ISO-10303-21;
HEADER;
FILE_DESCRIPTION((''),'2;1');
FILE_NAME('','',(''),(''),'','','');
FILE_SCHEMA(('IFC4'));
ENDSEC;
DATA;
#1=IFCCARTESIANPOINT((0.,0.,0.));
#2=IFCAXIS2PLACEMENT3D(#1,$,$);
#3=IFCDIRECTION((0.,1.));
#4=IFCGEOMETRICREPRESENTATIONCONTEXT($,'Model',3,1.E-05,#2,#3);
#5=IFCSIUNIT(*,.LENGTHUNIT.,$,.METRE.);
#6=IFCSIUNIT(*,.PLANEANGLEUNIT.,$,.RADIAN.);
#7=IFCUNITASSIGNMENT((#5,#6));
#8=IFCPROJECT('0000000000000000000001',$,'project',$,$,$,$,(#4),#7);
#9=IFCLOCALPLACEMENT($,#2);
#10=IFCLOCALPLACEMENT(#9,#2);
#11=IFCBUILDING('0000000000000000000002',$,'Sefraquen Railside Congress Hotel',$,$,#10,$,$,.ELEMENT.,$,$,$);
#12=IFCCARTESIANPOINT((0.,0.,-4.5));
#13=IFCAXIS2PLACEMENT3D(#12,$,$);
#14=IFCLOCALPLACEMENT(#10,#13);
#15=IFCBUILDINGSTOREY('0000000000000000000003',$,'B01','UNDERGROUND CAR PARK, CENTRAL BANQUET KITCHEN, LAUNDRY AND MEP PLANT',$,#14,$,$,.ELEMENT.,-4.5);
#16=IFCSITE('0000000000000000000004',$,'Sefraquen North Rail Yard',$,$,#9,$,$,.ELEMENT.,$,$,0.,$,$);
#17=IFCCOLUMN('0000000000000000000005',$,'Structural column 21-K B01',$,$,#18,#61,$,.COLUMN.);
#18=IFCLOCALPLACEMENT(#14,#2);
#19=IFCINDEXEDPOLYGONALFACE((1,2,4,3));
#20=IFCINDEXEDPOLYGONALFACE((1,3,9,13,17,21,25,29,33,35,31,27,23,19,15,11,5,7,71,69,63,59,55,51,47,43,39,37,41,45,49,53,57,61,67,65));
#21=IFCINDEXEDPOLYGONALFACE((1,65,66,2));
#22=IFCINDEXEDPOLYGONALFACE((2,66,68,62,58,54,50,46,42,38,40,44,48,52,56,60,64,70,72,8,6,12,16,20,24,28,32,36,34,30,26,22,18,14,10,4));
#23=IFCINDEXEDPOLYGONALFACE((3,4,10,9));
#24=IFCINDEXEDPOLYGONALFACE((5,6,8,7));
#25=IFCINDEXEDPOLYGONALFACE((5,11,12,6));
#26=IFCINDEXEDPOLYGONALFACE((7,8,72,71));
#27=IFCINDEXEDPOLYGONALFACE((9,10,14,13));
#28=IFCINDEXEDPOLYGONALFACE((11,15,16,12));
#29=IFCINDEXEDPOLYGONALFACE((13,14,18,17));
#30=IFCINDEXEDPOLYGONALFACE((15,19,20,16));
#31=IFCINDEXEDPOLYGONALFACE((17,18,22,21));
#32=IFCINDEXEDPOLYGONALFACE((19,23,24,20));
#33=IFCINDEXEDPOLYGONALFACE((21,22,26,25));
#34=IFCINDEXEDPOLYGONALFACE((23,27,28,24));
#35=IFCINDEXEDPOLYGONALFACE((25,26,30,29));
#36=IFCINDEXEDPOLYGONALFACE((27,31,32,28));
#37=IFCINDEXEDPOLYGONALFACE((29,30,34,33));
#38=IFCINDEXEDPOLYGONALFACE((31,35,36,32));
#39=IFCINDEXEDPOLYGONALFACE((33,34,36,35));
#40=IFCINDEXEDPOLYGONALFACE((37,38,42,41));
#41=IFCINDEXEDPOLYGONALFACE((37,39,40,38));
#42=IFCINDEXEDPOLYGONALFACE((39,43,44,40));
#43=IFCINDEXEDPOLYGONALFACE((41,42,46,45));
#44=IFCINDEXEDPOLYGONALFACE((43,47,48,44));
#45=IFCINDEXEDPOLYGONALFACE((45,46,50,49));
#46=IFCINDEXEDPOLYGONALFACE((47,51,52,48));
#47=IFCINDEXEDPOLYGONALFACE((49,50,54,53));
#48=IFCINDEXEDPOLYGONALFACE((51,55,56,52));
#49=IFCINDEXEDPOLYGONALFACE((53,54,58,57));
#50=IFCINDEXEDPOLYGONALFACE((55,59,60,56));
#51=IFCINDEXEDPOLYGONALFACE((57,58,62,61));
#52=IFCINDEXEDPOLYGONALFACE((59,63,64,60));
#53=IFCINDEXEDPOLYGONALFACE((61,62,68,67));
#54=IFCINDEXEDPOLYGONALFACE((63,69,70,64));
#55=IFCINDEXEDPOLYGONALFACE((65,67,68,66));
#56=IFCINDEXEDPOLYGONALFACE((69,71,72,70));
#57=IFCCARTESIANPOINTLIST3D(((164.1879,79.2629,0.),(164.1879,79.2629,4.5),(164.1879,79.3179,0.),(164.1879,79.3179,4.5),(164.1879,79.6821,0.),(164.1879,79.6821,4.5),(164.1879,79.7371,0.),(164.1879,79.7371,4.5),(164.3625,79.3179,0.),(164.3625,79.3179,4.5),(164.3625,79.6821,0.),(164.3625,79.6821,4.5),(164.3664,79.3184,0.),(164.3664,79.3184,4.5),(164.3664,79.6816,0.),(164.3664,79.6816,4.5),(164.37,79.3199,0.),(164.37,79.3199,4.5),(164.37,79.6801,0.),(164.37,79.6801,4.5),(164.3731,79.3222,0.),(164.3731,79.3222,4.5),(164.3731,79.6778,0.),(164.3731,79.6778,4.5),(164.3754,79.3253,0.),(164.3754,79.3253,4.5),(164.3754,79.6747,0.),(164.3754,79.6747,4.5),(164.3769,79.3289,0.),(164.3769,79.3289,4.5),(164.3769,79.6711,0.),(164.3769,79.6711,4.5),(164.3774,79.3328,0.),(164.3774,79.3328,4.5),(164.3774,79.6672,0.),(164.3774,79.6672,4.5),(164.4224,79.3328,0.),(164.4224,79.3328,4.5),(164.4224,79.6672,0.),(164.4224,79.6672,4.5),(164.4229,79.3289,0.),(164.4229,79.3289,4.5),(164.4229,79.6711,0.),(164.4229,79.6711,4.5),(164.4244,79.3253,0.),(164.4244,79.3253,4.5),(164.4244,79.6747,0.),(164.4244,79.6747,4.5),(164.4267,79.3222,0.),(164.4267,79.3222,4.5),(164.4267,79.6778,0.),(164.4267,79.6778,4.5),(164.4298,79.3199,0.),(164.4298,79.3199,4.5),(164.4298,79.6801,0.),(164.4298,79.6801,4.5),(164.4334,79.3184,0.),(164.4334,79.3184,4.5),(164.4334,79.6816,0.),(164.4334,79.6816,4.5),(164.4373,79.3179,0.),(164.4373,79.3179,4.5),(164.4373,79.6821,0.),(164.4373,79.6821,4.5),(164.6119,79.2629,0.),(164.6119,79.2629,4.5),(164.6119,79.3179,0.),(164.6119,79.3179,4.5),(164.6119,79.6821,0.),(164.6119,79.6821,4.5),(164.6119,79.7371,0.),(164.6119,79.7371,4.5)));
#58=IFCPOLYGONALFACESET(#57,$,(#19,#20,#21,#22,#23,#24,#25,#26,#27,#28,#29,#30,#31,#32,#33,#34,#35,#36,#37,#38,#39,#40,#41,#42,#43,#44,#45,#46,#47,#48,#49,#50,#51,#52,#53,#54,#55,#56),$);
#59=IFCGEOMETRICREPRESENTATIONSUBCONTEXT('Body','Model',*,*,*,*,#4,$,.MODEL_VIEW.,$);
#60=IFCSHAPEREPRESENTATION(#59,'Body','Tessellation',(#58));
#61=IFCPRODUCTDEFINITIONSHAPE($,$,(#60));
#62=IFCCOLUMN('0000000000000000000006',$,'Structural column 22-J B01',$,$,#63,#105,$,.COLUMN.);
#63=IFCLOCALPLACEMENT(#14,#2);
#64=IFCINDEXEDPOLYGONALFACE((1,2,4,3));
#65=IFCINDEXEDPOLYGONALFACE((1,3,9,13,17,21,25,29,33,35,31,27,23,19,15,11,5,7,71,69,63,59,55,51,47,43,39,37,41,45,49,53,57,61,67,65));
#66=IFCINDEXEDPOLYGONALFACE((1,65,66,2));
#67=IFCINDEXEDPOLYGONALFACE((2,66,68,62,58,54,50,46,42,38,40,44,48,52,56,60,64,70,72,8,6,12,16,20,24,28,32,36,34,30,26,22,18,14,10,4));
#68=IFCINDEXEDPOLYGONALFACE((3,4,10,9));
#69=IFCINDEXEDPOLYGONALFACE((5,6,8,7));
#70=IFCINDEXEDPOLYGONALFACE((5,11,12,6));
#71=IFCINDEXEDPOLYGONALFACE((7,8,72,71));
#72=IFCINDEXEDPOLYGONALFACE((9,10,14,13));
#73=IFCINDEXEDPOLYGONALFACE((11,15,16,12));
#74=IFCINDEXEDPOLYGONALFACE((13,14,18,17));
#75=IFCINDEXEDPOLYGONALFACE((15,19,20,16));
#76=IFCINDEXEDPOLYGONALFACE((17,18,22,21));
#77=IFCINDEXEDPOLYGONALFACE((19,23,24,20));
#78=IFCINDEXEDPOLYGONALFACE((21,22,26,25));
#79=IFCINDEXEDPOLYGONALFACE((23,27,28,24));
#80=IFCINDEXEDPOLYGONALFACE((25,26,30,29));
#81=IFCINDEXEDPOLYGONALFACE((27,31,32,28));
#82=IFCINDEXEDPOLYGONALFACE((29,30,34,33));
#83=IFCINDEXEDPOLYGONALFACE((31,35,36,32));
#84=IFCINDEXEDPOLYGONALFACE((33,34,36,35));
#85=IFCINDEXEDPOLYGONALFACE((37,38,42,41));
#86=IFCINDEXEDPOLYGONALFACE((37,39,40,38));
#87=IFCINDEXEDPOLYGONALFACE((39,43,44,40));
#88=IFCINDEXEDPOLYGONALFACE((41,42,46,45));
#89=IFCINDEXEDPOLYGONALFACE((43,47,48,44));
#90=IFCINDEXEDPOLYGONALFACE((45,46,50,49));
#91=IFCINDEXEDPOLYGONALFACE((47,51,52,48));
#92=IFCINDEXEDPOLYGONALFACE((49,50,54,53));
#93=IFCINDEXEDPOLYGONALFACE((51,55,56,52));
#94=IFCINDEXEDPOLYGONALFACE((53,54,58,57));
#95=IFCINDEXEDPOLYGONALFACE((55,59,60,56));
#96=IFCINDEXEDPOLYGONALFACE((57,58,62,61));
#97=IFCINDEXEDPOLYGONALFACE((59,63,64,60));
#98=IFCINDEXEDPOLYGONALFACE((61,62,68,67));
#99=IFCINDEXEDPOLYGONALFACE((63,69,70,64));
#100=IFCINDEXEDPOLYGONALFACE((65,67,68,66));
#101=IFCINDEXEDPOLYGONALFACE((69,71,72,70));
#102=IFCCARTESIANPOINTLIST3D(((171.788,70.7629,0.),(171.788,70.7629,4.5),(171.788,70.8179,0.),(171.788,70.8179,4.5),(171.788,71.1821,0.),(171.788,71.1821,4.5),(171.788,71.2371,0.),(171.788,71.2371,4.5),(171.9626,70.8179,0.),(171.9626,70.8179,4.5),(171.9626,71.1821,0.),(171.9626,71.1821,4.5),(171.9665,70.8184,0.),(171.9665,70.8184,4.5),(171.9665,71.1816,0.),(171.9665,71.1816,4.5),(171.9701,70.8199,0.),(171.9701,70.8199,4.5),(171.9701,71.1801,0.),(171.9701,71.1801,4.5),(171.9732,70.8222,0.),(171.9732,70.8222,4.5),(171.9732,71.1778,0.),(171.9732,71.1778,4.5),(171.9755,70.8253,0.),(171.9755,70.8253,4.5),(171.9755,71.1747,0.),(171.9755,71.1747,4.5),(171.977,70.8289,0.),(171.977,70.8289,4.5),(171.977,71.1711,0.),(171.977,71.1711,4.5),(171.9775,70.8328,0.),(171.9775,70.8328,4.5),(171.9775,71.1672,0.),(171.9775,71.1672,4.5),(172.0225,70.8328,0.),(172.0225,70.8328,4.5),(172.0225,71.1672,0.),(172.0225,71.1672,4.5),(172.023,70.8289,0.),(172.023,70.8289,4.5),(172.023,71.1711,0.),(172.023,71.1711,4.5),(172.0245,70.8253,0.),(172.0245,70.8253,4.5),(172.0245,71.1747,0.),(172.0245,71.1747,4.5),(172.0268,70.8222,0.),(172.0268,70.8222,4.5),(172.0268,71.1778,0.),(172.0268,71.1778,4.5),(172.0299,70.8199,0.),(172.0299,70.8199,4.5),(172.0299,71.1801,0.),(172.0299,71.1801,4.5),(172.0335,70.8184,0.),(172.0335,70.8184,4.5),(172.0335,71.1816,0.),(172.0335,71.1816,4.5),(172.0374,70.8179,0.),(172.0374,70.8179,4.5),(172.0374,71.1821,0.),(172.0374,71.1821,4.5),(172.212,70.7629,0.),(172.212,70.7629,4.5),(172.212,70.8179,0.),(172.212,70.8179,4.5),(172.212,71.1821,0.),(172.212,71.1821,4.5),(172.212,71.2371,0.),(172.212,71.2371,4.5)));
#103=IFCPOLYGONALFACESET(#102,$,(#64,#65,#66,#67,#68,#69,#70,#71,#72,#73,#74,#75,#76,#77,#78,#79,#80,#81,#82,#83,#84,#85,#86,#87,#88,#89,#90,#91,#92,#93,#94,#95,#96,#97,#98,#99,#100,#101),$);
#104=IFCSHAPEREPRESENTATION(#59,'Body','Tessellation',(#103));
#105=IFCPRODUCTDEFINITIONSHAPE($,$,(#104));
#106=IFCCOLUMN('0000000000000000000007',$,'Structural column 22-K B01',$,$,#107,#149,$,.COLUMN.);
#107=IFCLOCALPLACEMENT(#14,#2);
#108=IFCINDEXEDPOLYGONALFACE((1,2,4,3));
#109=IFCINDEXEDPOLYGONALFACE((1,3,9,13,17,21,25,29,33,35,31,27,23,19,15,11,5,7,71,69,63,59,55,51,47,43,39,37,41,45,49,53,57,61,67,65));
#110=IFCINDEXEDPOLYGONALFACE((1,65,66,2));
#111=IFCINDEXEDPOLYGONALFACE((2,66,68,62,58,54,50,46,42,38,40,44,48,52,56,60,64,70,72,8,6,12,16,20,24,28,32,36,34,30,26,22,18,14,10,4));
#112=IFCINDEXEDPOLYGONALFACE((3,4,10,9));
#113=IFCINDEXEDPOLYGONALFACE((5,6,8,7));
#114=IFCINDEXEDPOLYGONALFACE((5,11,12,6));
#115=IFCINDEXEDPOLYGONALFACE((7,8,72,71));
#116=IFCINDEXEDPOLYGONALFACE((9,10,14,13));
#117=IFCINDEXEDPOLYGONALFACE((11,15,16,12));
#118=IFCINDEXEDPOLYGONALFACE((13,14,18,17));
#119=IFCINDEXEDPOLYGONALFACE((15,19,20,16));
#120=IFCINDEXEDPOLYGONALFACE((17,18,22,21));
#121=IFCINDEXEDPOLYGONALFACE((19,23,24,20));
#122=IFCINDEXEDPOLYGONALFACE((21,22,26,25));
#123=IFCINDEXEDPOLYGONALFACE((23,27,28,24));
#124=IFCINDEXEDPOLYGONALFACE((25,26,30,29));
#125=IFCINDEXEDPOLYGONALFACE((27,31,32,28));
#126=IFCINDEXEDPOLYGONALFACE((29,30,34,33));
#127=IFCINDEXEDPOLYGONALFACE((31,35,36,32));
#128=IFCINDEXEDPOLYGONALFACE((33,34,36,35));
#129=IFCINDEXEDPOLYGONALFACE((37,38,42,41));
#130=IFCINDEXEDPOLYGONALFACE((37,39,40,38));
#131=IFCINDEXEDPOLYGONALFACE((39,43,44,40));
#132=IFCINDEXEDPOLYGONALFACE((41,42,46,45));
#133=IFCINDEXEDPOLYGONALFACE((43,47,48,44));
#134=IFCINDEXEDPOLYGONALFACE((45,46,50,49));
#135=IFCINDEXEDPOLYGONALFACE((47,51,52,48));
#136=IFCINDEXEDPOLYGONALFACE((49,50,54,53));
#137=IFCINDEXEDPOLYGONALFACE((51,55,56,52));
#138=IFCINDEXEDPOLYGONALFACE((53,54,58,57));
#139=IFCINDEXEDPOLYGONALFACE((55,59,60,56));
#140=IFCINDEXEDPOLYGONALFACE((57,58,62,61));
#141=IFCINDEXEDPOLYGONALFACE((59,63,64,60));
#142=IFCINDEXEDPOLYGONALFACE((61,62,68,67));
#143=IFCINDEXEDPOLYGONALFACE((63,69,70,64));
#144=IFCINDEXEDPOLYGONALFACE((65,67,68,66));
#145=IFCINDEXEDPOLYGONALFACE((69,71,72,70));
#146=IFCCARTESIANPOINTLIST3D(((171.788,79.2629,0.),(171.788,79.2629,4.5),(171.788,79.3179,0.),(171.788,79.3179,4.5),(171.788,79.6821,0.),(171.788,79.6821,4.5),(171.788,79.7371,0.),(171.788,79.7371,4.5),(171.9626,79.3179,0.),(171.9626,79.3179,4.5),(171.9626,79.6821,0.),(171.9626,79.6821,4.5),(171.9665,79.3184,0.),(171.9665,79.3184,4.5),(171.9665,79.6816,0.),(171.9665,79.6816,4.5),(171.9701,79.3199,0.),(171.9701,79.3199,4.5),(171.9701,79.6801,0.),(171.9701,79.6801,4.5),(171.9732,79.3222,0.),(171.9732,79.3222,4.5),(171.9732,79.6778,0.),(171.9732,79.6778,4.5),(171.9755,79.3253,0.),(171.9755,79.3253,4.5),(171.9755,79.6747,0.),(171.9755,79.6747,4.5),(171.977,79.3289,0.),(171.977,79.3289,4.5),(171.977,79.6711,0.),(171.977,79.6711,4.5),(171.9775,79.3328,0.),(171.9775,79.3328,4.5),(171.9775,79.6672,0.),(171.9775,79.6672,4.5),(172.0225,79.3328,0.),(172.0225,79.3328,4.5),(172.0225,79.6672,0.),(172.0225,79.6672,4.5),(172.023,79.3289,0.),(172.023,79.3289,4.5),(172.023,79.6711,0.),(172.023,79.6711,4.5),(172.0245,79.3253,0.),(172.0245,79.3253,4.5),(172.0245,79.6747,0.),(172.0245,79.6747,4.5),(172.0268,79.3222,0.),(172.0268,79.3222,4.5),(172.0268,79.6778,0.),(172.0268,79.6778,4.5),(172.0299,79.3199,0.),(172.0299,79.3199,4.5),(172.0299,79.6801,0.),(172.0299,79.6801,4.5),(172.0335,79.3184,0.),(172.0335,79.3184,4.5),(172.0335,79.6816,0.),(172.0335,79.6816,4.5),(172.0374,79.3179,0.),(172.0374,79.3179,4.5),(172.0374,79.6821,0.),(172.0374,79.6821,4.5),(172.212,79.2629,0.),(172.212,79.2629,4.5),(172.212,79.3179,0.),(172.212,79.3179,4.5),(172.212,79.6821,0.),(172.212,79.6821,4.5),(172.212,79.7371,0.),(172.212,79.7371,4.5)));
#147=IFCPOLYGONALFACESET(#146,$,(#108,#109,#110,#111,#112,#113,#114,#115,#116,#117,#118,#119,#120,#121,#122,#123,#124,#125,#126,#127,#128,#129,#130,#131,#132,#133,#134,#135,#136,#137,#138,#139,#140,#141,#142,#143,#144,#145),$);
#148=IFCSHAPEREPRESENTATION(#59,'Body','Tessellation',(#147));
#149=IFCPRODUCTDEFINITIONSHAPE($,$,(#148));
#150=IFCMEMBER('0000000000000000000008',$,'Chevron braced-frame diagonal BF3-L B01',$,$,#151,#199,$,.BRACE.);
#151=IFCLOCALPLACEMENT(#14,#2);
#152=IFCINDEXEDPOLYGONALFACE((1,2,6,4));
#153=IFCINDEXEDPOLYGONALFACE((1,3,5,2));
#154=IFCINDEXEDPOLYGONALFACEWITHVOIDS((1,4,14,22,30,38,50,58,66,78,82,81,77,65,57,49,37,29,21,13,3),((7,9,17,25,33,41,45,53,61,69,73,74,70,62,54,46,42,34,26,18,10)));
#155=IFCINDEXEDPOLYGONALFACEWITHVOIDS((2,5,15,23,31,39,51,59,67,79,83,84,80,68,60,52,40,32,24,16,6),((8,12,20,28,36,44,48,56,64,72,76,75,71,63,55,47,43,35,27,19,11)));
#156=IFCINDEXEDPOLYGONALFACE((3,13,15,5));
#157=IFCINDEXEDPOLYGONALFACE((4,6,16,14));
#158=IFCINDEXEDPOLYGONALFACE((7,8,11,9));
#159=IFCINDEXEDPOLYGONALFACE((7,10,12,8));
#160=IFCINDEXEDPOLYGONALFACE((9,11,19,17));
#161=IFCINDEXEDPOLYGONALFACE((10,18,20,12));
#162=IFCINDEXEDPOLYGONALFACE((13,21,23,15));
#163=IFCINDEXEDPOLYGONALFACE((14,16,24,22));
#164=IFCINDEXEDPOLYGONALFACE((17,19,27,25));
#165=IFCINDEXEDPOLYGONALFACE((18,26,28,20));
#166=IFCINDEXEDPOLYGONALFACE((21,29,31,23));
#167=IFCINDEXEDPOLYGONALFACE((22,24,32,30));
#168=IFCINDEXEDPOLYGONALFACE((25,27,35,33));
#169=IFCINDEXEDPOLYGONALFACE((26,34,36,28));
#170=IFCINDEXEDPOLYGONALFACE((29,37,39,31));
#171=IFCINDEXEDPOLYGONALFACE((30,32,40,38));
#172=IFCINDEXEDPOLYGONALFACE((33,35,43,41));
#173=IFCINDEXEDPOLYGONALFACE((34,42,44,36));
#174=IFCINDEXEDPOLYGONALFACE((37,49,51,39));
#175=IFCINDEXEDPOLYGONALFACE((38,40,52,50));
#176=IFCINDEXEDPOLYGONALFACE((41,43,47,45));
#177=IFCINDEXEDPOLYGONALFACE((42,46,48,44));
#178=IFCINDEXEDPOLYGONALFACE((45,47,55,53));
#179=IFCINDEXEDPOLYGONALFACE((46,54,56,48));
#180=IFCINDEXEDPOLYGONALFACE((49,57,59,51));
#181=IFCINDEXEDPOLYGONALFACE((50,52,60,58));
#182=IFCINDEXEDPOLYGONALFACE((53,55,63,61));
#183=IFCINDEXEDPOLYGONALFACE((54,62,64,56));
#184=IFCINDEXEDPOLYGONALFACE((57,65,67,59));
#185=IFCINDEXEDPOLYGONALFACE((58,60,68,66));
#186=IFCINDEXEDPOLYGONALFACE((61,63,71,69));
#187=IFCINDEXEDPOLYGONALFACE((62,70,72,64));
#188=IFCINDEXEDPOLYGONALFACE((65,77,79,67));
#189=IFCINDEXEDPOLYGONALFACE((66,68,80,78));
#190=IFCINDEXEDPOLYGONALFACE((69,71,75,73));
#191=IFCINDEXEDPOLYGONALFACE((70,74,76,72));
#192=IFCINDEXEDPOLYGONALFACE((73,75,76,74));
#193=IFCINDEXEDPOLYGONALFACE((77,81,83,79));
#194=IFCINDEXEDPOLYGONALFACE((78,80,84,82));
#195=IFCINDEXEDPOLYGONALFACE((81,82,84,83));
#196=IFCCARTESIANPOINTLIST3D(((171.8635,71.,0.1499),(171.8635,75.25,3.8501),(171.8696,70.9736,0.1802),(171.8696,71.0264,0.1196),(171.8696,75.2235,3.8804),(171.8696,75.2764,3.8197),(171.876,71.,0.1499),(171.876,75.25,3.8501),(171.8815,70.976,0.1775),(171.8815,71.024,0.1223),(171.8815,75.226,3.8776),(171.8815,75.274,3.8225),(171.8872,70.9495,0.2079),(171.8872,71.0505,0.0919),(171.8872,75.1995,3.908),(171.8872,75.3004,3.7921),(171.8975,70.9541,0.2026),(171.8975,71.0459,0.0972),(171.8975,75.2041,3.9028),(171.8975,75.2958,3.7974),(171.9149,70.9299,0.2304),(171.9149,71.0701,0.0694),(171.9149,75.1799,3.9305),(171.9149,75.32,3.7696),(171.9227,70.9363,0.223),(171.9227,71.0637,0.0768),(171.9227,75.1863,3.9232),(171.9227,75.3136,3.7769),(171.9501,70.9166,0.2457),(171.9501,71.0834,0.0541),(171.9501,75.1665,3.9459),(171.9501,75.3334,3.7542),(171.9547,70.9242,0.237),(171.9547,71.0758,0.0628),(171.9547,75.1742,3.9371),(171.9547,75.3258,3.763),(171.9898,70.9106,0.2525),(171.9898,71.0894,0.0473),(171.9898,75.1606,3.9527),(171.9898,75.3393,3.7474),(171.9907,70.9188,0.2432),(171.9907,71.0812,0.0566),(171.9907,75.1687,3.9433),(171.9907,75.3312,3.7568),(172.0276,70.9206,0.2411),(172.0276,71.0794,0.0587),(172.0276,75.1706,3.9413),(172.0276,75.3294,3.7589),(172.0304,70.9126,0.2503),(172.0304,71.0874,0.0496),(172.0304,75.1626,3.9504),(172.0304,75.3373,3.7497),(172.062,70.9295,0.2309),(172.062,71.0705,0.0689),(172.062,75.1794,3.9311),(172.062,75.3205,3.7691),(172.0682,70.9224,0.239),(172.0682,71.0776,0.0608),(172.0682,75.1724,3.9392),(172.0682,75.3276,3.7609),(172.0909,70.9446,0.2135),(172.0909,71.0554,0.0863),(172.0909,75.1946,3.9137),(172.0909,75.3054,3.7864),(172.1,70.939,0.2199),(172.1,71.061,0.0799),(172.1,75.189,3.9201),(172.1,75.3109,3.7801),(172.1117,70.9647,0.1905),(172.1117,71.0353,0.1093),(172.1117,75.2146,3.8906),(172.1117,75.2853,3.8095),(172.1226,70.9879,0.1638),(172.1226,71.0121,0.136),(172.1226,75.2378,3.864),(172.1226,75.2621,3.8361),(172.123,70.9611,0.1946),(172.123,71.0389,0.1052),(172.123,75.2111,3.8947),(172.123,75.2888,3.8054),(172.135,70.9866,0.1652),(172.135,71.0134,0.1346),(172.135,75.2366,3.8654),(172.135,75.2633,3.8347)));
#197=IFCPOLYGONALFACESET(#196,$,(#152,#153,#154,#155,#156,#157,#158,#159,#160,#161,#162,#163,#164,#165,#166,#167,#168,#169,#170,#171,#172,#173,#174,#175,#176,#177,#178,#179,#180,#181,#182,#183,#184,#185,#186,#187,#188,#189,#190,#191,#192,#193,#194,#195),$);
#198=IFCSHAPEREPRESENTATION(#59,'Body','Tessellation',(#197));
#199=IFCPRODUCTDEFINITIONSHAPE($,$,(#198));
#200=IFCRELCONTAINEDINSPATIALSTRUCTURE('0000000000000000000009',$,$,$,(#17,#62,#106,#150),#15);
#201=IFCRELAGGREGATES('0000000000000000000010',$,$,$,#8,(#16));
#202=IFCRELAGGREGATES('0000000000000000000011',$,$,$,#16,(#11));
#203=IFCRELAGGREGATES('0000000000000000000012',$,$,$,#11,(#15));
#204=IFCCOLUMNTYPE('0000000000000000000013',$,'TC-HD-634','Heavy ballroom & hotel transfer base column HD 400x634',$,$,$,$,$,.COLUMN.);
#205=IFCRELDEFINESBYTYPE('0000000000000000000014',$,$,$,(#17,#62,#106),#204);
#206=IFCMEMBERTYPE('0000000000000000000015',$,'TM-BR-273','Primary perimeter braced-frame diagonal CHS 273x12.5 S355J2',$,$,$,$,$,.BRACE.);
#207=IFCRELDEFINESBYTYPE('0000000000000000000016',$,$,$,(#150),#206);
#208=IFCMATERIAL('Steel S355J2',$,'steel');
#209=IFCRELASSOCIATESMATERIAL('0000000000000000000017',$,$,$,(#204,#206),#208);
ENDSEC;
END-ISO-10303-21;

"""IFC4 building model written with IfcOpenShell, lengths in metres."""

from ifc_helpers import new_model, si_unit, direction, frame, origin, origin_2d, place, context, subcontext, project, spatial, hollow_circle, i_section, extrude, material, material_profile, profile_set, type_object, element, save


model = new_model("IFC4")

# Units and contexts
model_context = context("Model", 3, precision=1e-05, world=origin(), true_north=direction((0.0, 1.0)))
body_context = subcontext(model_context, "Body", "Model", "MODEL_VIEW")
ifc_project = project(units=[si_unit("LENGTHUNIT", "METRE"), si_unit("PLANEANGLEUNIT", "RADIAN")], contexts=[model_context])

# Site, building, storey
site_placement = place(None, origin())
site = spatial("IfcSite", under=ifc_project, at=site_placement, Name="Sefraquen North Rail Yard", CompositionType="ELEMENT", RefElevation=0.0)
building_placement = place(site_placement, origin())
building = spatial("IfcBuilding", under=site, at=building_placement, Name="Sefraquen Railside Congress Hotel", CompositionType="ELEMENT")
storey_placement = place(building_placement, frame((0.0, 0.0, -4.5)))
storey = spatial("IfcBuildingStorey", under=building, at=storey_placement, Name="B01", Description="UNDERGROUND CAR PARK, CENTRAL BANQUET KITCHEN, LAUNDRY AND MEP PLANT", CompositionType="ELEMENT", Elevation=-4.5)

# Columns
ifc_material_1 = material(Name="Steel S355J2", Category="steel")
ifc_material_profile_1 = material_profile(ifc_material_1, i_section(OverallWidth=0.4241, OverallDepth=0.4741, WebThickness=0.0449, FlangeThickness=0.0549, FilletRadius=0.0149, at=origin_2d()), Name="HD 400x634")
ifc_profile_set_1 = profile_set([ifc_material_profile_1], Name="Steel S355J2")
column_type = type_object("IfcColumnType", Name="TC-HD-634", Description="Heavy ballroom & hotel transfer base column HD 400x634", PredefinedType="COLUMN", material=ifc_profile_set_1)
for number, where, z_axis, x_axis, name in (
    (1, (164.3999, 79.5, 0.0), (0.0, 0.0, 1.0), (1.0, 0.0, 0.0), "Structural column 21-K B01"),
    (2, (172.0, 71.0, 0.0), (0.0, 0.0, 1.0), (1.0, 0.0, 0.0), "Structural column 22-J B01"),
    (3, (172.0, 79.5, 0.0), (0.0, 0.0, 1.0), (1.0, 0.0, 0.0), "Structural column 22-K B01"),
):
    element("IfcColumn", number, at=place(storey_placement, frame(where, z_axis=z_axis, x_axis=x_axis)), inside=storey, type_object=column_type, Name=name, PredefinedType="COLUMN", context=body_context, shape_type="SweptSolid", body=[
        extrude(i_section(OverallWidth=0.4241, OverallDepth=0.4741, WebThickness=0.0449, FlangeThickness=0.0549, FilletRadius=0.0149, at=origin_2d()), origin(), (0.0, 0.0, 1.0), 4.5),
    ])

# Member
ifc_material_profile_2 = material_profile(ifc_material_1, hollow_circle(Radius=0.1365, WallThickness=0.0125, at=origin_2d()), Name="CHS 273x12.5")
ifc_profile_set_2 = profile_set([ifc_material_profile_2], Name="Steel S355J2")
member_type = type_object("IfcMemberType", Name="TM-BR-273", Description="Primary perimeter braced-frame diagonal CHS 273x12.5 S355J2", PredefinedType="BRACE", material=ifc_profile_set_2)
for number, where, z_axis, x_axis, name in (
    (4, (172.0, 71.0, 0.1499), (0.0, 0.754206, 0.656638), (-1.0, 0.0, 0.0), "Chevron braced-frame diagonal BF3-L B01"),
):
    element("IfcMember", number, at=place(storey_placement, frame(where, z_axis=z_axis, x_axis=x_axis)), inside=storey, type_object=member_type, Name=name, PredefinedType="BRACE", context=body_context, shape_type="SweptSolid", body=[
        extrude(hollow_circle(Radius=0.1365, WallThickness=0.0125, at=origin_2d()), origin(), (0.0, 0.0, 1.0), 5.635),
    ])

save(model, "model.ifc")
